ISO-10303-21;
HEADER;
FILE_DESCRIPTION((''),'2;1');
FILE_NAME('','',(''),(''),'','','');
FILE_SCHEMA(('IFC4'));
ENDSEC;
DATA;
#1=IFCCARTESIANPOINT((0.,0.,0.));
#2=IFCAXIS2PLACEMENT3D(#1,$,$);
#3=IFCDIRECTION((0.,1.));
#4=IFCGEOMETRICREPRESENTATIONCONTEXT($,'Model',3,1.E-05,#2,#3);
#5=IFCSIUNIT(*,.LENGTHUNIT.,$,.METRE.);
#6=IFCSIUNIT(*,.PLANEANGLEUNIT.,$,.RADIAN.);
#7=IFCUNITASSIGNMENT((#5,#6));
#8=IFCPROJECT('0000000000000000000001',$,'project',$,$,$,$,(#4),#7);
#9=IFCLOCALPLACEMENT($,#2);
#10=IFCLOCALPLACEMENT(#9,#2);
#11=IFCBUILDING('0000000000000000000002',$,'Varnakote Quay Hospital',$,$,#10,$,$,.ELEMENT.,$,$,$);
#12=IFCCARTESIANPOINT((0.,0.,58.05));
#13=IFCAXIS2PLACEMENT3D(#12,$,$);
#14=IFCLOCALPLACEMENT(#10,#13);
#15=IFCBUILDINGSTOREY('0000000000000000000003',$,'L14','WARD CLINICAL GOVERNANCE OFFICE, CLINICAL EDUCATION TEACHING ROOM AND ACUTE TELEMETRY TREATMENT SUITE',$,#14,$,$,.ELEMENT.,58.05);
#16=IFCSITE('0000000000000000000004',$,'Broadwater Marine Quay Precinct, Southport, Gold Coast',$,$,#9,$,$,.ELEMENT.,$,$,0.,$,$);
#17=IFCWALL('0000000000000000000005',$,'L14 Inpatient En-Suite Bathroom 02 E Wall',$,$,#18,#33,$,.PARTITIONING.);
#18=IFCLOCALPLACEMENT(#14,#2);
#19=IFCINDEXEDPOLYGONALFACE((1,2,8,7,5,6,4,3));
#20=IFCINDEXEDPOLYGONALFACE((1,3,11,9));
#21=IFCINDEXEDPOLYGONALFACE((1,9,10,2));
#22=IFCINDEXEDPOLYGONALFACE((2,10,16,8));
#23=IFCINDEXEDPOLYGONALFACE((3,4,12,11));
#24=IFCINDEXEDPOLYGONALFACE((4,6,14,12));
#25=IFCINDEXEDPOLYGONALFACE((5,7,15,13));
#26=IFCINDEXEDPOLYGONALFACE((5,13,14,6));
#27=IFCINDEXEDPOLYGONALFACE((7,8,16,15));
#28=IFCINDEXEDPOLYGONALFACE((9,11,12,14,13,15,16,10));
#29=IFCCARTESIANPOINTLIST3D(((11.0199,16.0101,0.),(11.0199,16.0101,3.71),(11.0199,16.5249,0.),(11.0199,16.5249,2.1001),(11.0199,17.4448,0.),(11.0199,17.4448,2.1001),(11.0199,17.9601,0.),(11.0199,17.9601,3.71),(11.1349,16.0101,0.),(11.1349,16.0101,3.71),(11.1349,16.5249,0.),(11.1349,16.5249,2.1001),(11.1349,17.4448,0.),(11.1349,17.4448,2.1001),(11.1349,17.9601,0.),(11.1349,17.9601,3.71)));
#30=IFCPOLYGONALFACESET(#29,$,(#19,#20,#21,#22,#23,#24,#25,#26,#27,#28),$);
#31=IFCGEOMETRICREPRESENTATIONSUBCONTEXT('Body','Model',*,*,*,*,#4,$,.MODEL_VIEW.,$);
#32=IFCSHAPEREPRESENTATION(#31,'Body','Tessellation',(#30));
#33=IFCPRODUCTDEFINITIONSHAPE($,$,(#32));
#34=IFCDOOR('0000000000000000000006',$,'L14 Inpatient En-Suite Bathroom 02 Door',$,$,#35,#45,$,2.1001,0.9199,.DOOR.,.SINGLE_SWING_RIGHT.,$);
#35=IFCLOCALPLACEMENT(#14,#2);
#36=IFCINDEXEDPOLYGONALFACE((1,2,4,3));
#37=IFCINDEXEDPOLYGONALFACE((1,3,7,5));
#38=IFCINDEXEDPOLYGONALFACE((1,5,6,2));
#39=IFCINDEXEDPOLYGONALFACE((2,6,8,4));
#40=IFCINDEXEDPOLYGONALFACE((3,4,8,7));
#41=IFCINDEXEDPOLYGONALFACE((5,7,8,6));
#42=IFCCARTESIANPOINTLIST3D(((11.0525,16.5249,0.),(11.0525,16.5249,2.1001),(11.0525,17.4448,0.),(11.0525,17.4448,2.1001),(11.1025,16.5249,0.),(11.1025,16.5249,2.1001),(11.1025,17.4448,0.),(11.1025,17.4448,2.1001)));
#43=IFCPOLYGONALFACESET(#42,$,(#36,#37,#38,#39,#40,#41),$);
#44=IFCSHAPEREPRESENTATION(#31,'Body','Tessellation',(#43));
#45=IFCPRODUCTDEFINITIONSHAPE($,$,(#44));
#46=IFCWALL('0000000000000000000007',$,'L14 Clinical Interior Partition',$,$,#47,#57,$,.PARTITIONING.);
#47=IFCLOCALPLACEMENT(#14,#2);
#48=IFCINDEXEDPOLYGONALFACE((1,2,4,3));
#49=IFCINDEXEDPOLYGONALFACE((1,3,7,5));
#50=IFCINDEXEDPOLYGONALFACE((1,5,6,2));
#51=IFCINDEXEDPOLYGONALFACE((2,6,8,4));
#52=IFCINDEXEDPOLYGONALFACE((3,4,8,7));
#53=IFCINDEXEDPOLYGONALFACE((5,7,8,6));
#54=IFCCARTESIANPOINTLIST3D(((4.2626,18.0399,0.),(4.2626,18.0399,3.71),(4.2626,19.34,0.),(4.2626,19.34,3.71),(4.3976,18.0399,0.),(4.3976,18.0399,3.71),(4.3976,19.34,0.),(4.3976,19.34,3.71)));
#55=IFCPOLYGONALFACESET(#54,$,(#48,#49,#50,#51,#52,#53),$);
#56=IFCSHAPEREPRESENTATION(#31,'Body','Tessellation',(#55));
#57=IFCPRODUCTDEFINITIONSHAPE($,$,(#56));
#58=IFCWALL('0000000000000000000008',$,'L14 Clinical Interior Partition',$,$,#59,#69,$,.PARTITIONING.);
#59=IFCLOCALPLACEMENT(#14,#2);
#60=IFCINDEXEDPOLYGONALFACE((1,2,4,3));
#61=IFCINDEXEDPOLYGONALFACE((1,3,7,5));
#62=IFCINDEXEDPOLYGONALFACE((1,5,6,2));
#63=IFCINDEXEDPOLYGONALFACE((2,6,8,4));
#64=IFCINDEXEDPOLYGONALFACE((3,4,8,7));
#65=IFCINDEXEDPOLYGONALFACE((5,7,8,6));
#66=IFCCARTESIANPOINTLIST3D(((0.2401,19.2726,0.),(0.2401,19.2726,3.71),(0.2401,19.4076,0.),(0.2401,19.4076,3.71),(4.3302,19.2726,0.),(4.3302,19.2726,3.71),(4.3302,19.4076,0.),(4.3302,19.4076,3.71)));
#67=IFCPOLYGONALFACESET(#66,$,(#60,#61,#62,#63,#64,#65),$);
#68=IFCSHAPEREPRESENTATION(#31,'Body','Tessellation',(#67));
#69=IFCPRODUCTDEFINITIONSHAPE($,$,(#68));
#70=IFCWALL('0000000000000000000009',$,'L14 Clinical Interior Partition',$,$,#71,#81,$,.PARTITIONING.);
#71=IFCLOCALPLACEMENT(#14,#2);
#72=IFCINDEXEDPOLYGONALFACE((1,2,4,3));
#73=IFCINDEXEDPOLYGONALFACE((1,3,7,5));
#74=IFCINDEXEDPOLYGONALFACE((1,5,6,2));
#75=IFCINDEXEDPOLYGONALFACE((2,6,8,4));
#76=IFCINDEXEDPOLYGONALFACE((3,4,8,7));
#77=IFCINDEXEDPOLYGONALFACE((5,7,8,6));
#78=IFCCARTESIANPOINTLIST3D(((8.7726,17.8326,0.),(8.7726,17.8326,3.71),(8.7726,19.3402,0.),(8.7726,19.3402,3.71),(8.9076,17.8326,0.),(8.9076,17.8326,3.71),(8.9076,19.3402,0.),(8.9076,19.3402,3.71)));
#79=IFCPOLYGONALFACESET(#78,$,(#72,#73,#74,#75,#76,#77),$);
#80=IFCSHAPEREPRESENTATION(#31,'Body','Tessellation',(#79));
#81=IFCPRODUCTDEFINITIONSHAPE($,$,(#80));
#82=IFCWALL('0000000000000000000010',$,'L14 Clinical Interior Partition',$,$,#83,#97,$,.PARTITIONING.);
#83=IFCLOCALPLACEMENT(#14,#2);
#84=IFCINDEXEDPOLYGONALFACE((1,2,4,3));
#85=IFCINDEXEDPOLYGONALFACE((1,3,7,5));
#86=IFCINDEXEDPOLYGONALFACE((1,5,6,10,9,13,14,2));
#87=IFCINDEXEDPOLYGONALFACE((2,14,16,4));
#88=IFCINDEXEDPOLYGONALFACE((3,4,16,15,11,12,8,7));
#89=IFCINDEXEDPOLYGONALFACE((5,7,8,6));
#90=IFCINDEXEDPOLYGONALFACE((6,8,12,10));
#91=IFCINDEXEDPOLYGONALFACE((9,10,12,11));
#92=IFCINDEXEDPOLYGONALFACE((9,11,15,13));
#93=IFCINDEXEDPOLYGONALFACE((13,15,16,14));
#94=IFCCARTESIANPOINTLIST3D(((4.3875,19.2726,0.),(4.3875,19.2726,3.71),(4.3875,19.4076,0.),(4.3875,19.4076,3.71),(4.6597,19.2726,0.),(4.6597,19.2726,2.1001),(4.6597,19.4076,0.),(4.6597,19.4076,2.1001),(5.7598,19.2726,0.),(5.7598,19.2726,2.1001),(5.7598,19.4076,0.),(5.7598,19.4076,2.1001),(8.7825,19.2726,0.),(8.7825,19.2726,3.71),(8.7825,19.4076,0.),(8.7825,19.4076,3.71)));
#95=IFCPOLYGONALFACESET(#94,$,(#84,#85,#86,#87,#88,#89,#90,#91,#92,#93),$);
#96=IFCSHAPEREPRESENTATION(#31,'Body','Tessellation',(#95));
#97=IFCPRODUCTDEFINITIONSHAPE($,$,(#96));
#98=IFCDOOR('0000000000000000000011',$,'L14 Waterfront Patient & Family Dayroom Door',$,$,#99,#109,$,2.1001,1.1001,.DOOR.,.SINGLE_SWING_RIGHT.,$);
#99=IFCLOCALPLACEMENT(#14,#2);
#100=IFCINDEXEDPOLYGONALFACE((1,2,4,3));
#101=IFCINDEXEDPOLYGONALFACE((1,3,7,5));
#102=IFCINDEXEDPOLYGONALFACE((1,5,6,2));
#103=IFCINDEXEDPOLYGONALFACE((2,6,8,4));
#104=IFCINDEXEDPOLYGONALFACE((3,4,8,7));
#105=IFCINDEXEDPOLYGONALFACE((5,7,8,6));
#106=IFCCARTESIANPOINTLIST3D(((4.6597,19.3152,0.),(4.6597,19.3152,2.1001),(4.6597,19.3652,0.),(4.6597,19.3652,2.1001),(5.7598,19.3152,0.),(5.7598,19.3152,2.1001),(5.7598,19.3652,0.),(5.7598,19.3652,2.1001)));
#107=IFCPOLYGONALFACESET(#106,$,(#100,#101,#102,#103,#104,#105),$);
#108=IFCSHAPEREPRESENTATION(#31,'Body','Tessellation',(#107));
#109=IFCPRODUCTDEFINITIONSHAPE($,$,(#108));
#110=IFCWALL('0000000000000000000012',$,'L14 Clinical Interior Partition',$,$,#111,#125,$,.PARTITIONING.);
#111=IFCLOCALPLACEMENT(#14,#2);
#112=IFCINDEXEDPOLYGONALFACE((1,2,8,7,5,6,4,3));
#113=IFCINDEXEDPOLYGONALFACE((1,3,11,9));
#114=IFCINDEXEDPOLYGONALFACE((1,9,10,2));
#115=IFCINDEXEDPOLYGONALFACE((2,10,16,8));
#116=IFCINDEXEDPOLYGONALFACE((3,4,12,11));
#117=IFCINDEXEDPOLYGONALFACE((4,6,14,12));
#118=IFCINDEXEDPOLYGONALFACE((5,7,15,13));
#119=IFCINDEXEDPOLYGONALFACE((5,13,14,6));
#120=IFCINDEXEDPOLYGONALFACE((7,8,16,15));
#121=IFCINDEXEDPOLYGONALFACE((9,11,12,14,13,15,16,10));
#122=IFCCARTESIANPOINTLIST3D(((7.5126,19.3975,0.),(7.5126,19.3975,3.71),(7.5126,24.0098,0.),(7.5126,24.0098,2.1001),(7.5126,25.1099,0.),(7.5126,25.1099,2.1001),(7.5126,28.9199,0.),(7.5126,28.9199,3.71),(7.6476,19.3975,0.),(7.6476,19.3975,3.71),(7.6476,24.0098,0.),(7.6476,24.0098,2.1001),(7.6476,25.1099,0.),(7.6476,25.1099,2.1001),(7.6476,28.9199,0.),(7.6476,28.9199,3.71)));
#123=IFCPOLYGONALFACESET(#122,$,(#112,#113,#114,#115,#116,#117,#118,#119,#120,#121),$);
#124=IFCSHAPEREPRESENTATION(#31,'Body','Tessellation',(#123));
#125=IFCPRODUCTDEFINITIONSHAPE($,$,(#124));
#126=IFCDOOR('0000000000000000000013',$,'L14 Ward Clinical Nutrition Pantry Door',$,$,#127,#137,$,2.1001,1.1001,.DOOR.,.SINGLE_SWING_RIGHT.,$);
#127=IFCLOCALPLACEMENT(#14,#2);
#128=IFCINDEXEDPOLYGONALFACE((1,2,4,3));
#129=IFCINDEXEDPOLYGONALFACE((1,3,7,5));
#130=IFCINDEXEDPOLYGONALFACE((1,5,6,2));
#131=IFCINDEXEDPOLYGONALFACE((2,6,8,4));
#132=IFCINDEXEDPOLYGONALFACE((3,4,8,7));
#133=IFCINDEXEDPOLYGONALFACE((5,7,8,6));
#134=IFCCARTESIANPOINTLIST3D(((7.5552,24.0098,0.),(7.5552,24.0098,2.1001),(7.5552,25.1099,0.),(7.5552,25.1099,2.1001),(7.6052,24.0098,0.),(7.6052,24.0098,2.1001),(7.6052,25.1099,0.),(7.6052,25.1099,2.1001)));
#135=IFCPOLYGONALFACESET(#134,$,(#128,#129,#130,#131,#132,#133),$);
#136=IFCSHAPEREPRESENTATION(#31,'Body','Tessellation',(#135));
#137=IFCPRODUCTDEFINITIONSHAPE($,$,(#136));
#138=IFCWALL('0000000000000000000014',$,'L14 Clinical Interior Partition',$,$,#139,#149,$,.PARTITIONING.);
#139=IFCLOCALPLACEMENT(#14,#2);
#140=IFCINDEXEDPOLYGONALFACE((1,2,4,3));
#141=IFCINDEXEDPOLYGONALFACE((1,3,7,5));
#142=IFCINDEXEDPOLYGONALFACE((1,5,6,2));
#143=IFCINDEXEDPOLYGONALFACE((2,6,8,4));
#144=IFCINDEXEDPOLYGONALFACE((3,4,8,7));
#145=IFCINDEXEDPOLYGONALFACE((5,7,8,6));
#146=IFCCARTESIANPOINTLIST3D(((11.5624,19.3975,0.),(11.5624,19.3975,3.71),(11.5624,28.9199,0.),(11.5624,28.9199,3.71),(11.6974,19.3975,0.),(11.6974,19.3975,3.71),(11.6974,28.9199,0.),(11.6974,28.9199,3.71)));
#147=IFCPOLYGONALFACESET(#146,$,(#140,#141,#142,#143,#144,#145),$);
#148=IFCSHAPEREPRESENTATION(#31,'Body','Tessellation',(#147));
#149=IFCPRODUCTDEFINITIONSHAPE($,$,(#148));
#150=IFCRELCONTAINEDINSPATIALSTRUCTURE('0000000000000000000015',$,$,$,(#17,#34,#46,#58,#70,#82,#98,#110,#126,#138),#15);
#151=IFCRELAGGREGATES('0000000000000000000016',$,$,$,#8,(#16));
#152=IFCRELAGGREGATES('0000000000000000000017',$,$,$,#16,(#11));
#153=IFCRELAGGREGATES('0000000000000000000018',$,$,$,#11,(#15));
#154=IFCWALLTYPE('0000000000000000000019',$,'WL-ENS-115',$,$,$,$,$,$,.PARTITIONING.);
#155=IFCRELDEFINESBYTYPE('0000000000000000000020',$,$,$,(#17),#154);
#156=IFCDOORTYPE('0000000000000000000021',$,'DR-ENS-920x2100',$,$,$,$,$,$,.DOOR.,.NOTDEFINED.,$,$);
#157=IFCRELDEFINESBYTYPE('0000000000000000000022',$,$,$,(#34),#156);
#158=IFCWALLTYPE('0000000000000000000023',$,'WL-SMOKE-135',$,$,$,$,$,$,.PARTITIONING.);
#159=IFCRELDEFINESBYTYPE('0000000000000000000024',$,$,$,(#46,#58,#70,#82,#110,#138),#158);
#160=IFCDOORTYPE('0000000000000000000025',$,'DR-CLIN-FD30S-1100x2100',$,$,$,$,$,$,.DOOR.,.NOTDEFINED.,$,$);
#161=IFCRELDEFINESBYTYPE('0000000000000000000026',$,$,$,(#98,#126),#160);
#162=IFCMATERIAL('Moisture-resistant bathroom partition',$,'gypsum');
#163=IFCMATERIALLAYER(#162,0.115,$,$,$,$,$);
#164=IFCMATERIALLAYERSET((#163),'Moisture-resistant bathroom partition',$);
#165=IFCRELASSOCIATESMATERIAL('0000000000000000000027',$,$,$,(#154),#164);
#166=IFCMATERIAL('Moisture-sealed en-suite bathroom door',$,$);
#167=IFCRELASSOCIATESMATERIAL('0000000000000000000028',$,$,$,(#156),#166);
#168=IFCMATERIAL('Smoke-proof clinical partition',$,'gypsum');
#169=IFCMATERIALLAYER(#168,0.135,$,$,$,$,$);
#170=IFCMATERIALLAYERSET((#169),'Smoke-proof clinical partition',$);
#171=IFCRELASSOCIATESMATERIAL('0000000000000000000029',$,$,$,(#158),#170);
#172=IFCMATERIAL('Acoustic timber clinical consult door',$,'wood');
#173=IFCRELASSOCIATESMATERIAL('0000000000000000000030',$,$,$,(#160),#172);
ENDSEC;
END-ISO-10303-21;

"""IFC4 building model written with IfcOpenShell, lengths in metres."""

from ifc_helpers import new_model, si_unit, direction, frame, frame_2d, origin, place, context, subcontext, project, spatial, rectangle, extrude, material, layer, layer_set, type_object, element, fill, save


model = new_model("IFC4")

# Units and contexts
model_context = context("Model", 3, precision=1e-05, world=origin(), true_north=direction((0.0, 1.0)))
body_context = subcontext(model_context, "Body", "Model", "MODEL_VIEW")
ifc_project = project(units=[si_unit("LENGTHUNIT", "METRE"), si_unit("PLANEANGLEUNIT", "RADIAN")], contexts=[model_context])

# Site, building, storey
site_placement = place(None, origin())
site = spatial("IfcSite", under=ifc_project, at=site_placement, Name="Broadwater Marine Quay Precinct, Southport, Gold Coast", CompositionType="ELEMENT", RefElevation=0.0)
building_placement = place(site_placement, origin())
building = spatial("IfcBuilding", under=site, at=building_placement, Name="Varnakote Quay Hospital", CompositionType="ELEMENT")
storey_placement = place(building_placement, frame((0.0, 0.0, 58.05)))
storey = spatial("IfcBuildingStorey", under=building, at=storey_placement, Name="L14", Description="WARD CLINICAL GOVERNANCE OFFICE, CLINICAL EDUCATION TEACHING ROOM AND ACUTE TELEMETRY TREATMENT SUITE", CompositionType="ELEMENT", Elevation=58.05)

# Shared definitions
ifc_material_1 = material(Name="Moisture-resistant bathroom partition", Category="gypsum")
ifc_layer_1 = layer(ifc_material_1, 0.115)
ifc_layer_set_1 = layer_set([ifc_layer_1], Name="Moisture-resistant bathroom partition")
wall_type_1 = type_object("IfcWallType", Name="WL-ENS-115", PredefinedType="PARTITIONING", material=ifc_layer_set_1)

# Shared definitions
ifc_material_2 = material(Name="Moisture-sealed en-suite bathroom door")
door_type_1 = type_object("IfcDoorType", Name="DR-ENS-920x2100", OperationType="NOTDEFINED", PredefinedType="DOOR", material=ifc_material_2)

# Wall, opening, door
wall_1_placement = place(storey_placement, frame((11.0774, 16.01, 0.0), z_axis=(0.0, 0.0, 1.0), x_axis=(0.0, 1.0, 0.0)))
wall_1 = element("IfcWall", 1, at=wall_1_placement, inside=storey, type_object=wall_type_1, Name="L14 Inpatient En-Suite Bathroom 02 E Wall", PredefinedType="PARTITIONING", context=body_context, shape_type="SweptSolid", body=[
    extrude(rectangle(XDim=1.95, YDim=0.115, at=frame_2d((0.9751, 0.0))), origin(), (0.0, 0.0, 1.0), 3.71),
])
opening_1_placement = place(wall_1_placement, frame((0.5149, 0.0, 0.0)))
opening_1 = element("IfcOpeningElement", 2, at=opening_1_placement, cuts=wall_1, PredefinedType="OPENING", context=body_context, shape_type="SweptSolid", body=[
    extrude(rectangle(XDim=0.9199, YDim=2.1001, at=frame_2d((0.46, 1.05))), frame((0.0, 0.0674, 0.0), z_axis=(0.0, -1.0, 0.0), x_axis=(1.0, 0.0, 0.0)), (0.0, 0.0, 1.0), 0.135),
])
door_1_placement = place(opening_1_placement, origin())
door_1 = element("IfcDoor", 3, at=door_1_placement, inside=storey, type_object=door_type_1, Name="L14 Inpatient En-Suite Bathroom 02 Door", OperationType="SINGLE_SWING_RIGHT", OverallHeight=2.1001, OverallWidth=0.9199, PredefinedType="DOOR", context=body_context, shape_type="SweptSolid", body=[
    extrude(rectangle(XDim=0.9199, YDim=2.1001, at=frame_2d((0.46, 1.05))), frame((0.0, 0.0249, 0.0), z_axis=(0.0, -1.0, 0.0), x_axis=(1.0, 0.0, 0.0)), (0.0, 0.0, 1.0), 0.05),
])
fill(opening_1, door_1)

# Walls
ifc_material_3 = material(Name="Smoke-proof clinical partition", Category="gypsum")
ifc_layer_2 = layer(ifc_material_3, 0.135)
ifc_layer_set_2 = layer_set([ifc_layer_2], Name="Smoke-proof clinical partition")
wall_type_2 = type_object("IfcWallType", Name="WL-SMOKE-135", PredefinedType="PARTITIONING", material=ifc_layer_set_2)
wall_2_placement = place(storey_placement, frame((4.3301, 18.04, 0.0), z_axis=(0.0, 0.0, 1.0), x_axis=(0.0, 1.0, 0.0)))
element("IfcWall", 4, at=wall_2_placement, inside=storey, type_object=wall_type_2, Name="L14 Clinical Interior Partition", PredefinedType="PARTITIONING", context=body_context, shape_type="SweptSolid", body=[
    extrude(rectangle(XDim=1.3, YDim=0.135, at=frame_2d((0.6499, 0.0))), origin(), (0.0, 0.0, 1.0), 3.71),
])
wall_3_placement = place(storey_placement, frame((4.3301, 19.3401, 0.0), z_axis=(0.0, 0.0, 1.0), x_axis=(-1.0, 0.0, 0.0)))
element("IfcWall", 5, at=wall_3_placement, inside=storey, type_object=wall_type_2, Name="L14 Clinical Interior Partition", PredefinedType="PARTITIONING", context=body_context, shape_type="SweptSolid", body=[
    extrude(rectangle(XDim=4.0901, YDim=0.135, at=frame_2d((2.0449, 0.0))), origin(), (0.0, 0.0, 1.0), 3.71),
])
wall_4_placement = place(storey_placement, frame((8.8401, 17.8325, 0.0), z_axis=(0.0, 0.0, 1.0), x_axis=(0.0, 1.0, 0.0)))
element("IfcWall", 6, at=wall_4_placement, inside=storey, type_object=wall_type_2, Name="L14 Clinical Interior Partition", PredefinedType="PARTITIONING", context=body_context, shape_type="SweptSolid", body=[
    extrude(rectangle(XDim=1.5076, YDim=0.135, at=frame_2d((0.7539, 0.0))), origin(), (0.0, 0.0, 1.0), 3.71),
])

# Walls, openings, doors
wall_5_placement = place(storey_placement, frame((8.7825, 19.3401, 0.0), z_axis=(0.0, 0.0, 1.0), x_axis=(-1.0, 0.0, 0.0)))
wall_5 = element("IfcWall", 7, at=wall_5_placement, inside=storey, type_object=wall_type_2, Name="L14 Clinical Interior Partition", PredefinedType="PARTITIONING", context=body_context, shape_type="SweptSolid", body=[
    extrude(rectangle(XDim=4.395, YDim=0.135, at=frame_2d((2.1975, 0.0))), origin(), (0.0, 0.0, 1.0), 3.71),
])
opening_2_placement = place(wall_5_placement, frame((3.0227, 0.0, 0.0)))
opening_2 = element("IfcOpeningElement", 8, at=opening_2_placement, cuts=wall_5, PredefinedType="OPENING", context=body_context, shape_type="SweptSolid", body=[
    extrude(rectangle(XDim=1.1001, YDim=2.1001, at=frame_2d((0.55, 1.05))), frame((0.0, 0.0774, 0.0), z_axis=(0.0, -1.0, 0.0), x_axis=(1.0, 0.0, 0.0)), (0.0, 0.0, 1.0), 0.155),
])
ifc_material_4 = material(Name="Acoustic timber clinical consult door", Category="wood")
door_type_2 = type_object("IfcDoorType", Name="DR-CLIN-FD30S-1100x2100", OperationType="NOTDEFINED", PredefinedType="DOOR", material=ifc_material_4)
door_2_placement = place(opening_2_placement, origin())
door_2 = element("IfcDoor", 9, at=door_2_placement, inside=storey, type_object=door_type_2, Name="L14 Waterfront Patient & Family Dayroom Door", OperationType="SINGLE_SWING_RIGHT", OverallHeight=2.1001, OverallWidth=1.1001, PredefinedType="DOOR", context=body_context, shape_type="SweptSolid", body=[
    extrude(rectangle(XDim=1.1001, YDim=2.1001, at=frame_2d((0.55, 1.05))), frame((0.0, 0.0249, 0.0), z_axis=(0.0, -1.0, 0.0), x_axis=(1.0, 0.0, 0.0)), (0.0, 0.0, 1.0), 0.05),
])
fill(opening_2, door_2)
wall_6_placement = place(storey_placement, frame((7.5801, 19.3975, 0.0), z_axis=(0.0, 0.0, 1.0), x_axis=(0.0, 1.0, 0.0)))
wall_6 = element("IfcWall", 10, at=wall_6_placement, inside=storey, type_object=wall_type_2, Name="L14 Clinical Interior Partition", PredefinedType="PARTITIONING", context=body_context, shape_type="SweptSolid", body=[
    extrude(rectangle(XDim=9.5225, YDim=0.135, at=frame_2d((4.7612, 0.0))), origin(), (0.0, 0.0, 1.0), 3.71),
])
opening_3_placement = place(wall_6_placement, frame((4.6123, 0.0, 0.0)))
opening_3 = element("IfcOpeningElement", 11, at=opening_3_placement, cuts=wall_6, PredefinedType="OPENING", context=body_context, shape_type="SweptSolid", body=[
    extrude(rectangle(XDim=1.1001, YDim=2.1001, at=frame_2d((0.55, 1.05))), frame((0.0, 0.0774, 0.0), z_axis=(0.0, -1.0, 0.0), x_axis=(1.0, 0.0, 0.0)), (0.0, 0.0, 1.0), 0.155),
])
door_3_placement = place(opening_3_placement, origin())
door_3 = element("IfcDoor", 12, at=door_3_placement, inside=storey, type_object=door_type_2, Name="L14 Ward Clinical Nutrition Pantry Door", OperationType="SINGLE_SWING_RIGHT", OverallHeight=2.1001, OverallWidth=1.1001, PredefinedType="DOOR", context=body_context, shape_type="SweptSolid", body=[
    extrude(rectangle(XDim=1.1001, YDim=2.1001, at=frame_2d((0.55, 1.05))), frame((0.0, 0.0249, 0.0), z_axis=(0.0, -1.0, 0.0), x_axis=(1.0, 0.0, 0.0)), (0.0, 0.0, 1.0), 0.05),
])
fill(opening_3, door_3)

# Wall
wall_7_placement = place(storey_placement, frame((11.6299, 19.3975, 0.0), z_axis=(0.0, 0.0, 1.0), x_axis=(0.0, 1.0, 0.0)))
element("IfcWall", 13, at=wall_7_placement, inside=storey, type_object=wall_type_2, Name="L14 Clinical Interior Partition", PredefinedType="PARTITIONING", context=body_context, shape_type="SweptSolid", body=[
    extrude(rectangle(XDim=9.5225, YDim=0.135, at=frame_2d((4.7612, 0.0))), origin(), (0.0, 0.0, 1.0), 3.71),
])

save(model, "model.ifc")
